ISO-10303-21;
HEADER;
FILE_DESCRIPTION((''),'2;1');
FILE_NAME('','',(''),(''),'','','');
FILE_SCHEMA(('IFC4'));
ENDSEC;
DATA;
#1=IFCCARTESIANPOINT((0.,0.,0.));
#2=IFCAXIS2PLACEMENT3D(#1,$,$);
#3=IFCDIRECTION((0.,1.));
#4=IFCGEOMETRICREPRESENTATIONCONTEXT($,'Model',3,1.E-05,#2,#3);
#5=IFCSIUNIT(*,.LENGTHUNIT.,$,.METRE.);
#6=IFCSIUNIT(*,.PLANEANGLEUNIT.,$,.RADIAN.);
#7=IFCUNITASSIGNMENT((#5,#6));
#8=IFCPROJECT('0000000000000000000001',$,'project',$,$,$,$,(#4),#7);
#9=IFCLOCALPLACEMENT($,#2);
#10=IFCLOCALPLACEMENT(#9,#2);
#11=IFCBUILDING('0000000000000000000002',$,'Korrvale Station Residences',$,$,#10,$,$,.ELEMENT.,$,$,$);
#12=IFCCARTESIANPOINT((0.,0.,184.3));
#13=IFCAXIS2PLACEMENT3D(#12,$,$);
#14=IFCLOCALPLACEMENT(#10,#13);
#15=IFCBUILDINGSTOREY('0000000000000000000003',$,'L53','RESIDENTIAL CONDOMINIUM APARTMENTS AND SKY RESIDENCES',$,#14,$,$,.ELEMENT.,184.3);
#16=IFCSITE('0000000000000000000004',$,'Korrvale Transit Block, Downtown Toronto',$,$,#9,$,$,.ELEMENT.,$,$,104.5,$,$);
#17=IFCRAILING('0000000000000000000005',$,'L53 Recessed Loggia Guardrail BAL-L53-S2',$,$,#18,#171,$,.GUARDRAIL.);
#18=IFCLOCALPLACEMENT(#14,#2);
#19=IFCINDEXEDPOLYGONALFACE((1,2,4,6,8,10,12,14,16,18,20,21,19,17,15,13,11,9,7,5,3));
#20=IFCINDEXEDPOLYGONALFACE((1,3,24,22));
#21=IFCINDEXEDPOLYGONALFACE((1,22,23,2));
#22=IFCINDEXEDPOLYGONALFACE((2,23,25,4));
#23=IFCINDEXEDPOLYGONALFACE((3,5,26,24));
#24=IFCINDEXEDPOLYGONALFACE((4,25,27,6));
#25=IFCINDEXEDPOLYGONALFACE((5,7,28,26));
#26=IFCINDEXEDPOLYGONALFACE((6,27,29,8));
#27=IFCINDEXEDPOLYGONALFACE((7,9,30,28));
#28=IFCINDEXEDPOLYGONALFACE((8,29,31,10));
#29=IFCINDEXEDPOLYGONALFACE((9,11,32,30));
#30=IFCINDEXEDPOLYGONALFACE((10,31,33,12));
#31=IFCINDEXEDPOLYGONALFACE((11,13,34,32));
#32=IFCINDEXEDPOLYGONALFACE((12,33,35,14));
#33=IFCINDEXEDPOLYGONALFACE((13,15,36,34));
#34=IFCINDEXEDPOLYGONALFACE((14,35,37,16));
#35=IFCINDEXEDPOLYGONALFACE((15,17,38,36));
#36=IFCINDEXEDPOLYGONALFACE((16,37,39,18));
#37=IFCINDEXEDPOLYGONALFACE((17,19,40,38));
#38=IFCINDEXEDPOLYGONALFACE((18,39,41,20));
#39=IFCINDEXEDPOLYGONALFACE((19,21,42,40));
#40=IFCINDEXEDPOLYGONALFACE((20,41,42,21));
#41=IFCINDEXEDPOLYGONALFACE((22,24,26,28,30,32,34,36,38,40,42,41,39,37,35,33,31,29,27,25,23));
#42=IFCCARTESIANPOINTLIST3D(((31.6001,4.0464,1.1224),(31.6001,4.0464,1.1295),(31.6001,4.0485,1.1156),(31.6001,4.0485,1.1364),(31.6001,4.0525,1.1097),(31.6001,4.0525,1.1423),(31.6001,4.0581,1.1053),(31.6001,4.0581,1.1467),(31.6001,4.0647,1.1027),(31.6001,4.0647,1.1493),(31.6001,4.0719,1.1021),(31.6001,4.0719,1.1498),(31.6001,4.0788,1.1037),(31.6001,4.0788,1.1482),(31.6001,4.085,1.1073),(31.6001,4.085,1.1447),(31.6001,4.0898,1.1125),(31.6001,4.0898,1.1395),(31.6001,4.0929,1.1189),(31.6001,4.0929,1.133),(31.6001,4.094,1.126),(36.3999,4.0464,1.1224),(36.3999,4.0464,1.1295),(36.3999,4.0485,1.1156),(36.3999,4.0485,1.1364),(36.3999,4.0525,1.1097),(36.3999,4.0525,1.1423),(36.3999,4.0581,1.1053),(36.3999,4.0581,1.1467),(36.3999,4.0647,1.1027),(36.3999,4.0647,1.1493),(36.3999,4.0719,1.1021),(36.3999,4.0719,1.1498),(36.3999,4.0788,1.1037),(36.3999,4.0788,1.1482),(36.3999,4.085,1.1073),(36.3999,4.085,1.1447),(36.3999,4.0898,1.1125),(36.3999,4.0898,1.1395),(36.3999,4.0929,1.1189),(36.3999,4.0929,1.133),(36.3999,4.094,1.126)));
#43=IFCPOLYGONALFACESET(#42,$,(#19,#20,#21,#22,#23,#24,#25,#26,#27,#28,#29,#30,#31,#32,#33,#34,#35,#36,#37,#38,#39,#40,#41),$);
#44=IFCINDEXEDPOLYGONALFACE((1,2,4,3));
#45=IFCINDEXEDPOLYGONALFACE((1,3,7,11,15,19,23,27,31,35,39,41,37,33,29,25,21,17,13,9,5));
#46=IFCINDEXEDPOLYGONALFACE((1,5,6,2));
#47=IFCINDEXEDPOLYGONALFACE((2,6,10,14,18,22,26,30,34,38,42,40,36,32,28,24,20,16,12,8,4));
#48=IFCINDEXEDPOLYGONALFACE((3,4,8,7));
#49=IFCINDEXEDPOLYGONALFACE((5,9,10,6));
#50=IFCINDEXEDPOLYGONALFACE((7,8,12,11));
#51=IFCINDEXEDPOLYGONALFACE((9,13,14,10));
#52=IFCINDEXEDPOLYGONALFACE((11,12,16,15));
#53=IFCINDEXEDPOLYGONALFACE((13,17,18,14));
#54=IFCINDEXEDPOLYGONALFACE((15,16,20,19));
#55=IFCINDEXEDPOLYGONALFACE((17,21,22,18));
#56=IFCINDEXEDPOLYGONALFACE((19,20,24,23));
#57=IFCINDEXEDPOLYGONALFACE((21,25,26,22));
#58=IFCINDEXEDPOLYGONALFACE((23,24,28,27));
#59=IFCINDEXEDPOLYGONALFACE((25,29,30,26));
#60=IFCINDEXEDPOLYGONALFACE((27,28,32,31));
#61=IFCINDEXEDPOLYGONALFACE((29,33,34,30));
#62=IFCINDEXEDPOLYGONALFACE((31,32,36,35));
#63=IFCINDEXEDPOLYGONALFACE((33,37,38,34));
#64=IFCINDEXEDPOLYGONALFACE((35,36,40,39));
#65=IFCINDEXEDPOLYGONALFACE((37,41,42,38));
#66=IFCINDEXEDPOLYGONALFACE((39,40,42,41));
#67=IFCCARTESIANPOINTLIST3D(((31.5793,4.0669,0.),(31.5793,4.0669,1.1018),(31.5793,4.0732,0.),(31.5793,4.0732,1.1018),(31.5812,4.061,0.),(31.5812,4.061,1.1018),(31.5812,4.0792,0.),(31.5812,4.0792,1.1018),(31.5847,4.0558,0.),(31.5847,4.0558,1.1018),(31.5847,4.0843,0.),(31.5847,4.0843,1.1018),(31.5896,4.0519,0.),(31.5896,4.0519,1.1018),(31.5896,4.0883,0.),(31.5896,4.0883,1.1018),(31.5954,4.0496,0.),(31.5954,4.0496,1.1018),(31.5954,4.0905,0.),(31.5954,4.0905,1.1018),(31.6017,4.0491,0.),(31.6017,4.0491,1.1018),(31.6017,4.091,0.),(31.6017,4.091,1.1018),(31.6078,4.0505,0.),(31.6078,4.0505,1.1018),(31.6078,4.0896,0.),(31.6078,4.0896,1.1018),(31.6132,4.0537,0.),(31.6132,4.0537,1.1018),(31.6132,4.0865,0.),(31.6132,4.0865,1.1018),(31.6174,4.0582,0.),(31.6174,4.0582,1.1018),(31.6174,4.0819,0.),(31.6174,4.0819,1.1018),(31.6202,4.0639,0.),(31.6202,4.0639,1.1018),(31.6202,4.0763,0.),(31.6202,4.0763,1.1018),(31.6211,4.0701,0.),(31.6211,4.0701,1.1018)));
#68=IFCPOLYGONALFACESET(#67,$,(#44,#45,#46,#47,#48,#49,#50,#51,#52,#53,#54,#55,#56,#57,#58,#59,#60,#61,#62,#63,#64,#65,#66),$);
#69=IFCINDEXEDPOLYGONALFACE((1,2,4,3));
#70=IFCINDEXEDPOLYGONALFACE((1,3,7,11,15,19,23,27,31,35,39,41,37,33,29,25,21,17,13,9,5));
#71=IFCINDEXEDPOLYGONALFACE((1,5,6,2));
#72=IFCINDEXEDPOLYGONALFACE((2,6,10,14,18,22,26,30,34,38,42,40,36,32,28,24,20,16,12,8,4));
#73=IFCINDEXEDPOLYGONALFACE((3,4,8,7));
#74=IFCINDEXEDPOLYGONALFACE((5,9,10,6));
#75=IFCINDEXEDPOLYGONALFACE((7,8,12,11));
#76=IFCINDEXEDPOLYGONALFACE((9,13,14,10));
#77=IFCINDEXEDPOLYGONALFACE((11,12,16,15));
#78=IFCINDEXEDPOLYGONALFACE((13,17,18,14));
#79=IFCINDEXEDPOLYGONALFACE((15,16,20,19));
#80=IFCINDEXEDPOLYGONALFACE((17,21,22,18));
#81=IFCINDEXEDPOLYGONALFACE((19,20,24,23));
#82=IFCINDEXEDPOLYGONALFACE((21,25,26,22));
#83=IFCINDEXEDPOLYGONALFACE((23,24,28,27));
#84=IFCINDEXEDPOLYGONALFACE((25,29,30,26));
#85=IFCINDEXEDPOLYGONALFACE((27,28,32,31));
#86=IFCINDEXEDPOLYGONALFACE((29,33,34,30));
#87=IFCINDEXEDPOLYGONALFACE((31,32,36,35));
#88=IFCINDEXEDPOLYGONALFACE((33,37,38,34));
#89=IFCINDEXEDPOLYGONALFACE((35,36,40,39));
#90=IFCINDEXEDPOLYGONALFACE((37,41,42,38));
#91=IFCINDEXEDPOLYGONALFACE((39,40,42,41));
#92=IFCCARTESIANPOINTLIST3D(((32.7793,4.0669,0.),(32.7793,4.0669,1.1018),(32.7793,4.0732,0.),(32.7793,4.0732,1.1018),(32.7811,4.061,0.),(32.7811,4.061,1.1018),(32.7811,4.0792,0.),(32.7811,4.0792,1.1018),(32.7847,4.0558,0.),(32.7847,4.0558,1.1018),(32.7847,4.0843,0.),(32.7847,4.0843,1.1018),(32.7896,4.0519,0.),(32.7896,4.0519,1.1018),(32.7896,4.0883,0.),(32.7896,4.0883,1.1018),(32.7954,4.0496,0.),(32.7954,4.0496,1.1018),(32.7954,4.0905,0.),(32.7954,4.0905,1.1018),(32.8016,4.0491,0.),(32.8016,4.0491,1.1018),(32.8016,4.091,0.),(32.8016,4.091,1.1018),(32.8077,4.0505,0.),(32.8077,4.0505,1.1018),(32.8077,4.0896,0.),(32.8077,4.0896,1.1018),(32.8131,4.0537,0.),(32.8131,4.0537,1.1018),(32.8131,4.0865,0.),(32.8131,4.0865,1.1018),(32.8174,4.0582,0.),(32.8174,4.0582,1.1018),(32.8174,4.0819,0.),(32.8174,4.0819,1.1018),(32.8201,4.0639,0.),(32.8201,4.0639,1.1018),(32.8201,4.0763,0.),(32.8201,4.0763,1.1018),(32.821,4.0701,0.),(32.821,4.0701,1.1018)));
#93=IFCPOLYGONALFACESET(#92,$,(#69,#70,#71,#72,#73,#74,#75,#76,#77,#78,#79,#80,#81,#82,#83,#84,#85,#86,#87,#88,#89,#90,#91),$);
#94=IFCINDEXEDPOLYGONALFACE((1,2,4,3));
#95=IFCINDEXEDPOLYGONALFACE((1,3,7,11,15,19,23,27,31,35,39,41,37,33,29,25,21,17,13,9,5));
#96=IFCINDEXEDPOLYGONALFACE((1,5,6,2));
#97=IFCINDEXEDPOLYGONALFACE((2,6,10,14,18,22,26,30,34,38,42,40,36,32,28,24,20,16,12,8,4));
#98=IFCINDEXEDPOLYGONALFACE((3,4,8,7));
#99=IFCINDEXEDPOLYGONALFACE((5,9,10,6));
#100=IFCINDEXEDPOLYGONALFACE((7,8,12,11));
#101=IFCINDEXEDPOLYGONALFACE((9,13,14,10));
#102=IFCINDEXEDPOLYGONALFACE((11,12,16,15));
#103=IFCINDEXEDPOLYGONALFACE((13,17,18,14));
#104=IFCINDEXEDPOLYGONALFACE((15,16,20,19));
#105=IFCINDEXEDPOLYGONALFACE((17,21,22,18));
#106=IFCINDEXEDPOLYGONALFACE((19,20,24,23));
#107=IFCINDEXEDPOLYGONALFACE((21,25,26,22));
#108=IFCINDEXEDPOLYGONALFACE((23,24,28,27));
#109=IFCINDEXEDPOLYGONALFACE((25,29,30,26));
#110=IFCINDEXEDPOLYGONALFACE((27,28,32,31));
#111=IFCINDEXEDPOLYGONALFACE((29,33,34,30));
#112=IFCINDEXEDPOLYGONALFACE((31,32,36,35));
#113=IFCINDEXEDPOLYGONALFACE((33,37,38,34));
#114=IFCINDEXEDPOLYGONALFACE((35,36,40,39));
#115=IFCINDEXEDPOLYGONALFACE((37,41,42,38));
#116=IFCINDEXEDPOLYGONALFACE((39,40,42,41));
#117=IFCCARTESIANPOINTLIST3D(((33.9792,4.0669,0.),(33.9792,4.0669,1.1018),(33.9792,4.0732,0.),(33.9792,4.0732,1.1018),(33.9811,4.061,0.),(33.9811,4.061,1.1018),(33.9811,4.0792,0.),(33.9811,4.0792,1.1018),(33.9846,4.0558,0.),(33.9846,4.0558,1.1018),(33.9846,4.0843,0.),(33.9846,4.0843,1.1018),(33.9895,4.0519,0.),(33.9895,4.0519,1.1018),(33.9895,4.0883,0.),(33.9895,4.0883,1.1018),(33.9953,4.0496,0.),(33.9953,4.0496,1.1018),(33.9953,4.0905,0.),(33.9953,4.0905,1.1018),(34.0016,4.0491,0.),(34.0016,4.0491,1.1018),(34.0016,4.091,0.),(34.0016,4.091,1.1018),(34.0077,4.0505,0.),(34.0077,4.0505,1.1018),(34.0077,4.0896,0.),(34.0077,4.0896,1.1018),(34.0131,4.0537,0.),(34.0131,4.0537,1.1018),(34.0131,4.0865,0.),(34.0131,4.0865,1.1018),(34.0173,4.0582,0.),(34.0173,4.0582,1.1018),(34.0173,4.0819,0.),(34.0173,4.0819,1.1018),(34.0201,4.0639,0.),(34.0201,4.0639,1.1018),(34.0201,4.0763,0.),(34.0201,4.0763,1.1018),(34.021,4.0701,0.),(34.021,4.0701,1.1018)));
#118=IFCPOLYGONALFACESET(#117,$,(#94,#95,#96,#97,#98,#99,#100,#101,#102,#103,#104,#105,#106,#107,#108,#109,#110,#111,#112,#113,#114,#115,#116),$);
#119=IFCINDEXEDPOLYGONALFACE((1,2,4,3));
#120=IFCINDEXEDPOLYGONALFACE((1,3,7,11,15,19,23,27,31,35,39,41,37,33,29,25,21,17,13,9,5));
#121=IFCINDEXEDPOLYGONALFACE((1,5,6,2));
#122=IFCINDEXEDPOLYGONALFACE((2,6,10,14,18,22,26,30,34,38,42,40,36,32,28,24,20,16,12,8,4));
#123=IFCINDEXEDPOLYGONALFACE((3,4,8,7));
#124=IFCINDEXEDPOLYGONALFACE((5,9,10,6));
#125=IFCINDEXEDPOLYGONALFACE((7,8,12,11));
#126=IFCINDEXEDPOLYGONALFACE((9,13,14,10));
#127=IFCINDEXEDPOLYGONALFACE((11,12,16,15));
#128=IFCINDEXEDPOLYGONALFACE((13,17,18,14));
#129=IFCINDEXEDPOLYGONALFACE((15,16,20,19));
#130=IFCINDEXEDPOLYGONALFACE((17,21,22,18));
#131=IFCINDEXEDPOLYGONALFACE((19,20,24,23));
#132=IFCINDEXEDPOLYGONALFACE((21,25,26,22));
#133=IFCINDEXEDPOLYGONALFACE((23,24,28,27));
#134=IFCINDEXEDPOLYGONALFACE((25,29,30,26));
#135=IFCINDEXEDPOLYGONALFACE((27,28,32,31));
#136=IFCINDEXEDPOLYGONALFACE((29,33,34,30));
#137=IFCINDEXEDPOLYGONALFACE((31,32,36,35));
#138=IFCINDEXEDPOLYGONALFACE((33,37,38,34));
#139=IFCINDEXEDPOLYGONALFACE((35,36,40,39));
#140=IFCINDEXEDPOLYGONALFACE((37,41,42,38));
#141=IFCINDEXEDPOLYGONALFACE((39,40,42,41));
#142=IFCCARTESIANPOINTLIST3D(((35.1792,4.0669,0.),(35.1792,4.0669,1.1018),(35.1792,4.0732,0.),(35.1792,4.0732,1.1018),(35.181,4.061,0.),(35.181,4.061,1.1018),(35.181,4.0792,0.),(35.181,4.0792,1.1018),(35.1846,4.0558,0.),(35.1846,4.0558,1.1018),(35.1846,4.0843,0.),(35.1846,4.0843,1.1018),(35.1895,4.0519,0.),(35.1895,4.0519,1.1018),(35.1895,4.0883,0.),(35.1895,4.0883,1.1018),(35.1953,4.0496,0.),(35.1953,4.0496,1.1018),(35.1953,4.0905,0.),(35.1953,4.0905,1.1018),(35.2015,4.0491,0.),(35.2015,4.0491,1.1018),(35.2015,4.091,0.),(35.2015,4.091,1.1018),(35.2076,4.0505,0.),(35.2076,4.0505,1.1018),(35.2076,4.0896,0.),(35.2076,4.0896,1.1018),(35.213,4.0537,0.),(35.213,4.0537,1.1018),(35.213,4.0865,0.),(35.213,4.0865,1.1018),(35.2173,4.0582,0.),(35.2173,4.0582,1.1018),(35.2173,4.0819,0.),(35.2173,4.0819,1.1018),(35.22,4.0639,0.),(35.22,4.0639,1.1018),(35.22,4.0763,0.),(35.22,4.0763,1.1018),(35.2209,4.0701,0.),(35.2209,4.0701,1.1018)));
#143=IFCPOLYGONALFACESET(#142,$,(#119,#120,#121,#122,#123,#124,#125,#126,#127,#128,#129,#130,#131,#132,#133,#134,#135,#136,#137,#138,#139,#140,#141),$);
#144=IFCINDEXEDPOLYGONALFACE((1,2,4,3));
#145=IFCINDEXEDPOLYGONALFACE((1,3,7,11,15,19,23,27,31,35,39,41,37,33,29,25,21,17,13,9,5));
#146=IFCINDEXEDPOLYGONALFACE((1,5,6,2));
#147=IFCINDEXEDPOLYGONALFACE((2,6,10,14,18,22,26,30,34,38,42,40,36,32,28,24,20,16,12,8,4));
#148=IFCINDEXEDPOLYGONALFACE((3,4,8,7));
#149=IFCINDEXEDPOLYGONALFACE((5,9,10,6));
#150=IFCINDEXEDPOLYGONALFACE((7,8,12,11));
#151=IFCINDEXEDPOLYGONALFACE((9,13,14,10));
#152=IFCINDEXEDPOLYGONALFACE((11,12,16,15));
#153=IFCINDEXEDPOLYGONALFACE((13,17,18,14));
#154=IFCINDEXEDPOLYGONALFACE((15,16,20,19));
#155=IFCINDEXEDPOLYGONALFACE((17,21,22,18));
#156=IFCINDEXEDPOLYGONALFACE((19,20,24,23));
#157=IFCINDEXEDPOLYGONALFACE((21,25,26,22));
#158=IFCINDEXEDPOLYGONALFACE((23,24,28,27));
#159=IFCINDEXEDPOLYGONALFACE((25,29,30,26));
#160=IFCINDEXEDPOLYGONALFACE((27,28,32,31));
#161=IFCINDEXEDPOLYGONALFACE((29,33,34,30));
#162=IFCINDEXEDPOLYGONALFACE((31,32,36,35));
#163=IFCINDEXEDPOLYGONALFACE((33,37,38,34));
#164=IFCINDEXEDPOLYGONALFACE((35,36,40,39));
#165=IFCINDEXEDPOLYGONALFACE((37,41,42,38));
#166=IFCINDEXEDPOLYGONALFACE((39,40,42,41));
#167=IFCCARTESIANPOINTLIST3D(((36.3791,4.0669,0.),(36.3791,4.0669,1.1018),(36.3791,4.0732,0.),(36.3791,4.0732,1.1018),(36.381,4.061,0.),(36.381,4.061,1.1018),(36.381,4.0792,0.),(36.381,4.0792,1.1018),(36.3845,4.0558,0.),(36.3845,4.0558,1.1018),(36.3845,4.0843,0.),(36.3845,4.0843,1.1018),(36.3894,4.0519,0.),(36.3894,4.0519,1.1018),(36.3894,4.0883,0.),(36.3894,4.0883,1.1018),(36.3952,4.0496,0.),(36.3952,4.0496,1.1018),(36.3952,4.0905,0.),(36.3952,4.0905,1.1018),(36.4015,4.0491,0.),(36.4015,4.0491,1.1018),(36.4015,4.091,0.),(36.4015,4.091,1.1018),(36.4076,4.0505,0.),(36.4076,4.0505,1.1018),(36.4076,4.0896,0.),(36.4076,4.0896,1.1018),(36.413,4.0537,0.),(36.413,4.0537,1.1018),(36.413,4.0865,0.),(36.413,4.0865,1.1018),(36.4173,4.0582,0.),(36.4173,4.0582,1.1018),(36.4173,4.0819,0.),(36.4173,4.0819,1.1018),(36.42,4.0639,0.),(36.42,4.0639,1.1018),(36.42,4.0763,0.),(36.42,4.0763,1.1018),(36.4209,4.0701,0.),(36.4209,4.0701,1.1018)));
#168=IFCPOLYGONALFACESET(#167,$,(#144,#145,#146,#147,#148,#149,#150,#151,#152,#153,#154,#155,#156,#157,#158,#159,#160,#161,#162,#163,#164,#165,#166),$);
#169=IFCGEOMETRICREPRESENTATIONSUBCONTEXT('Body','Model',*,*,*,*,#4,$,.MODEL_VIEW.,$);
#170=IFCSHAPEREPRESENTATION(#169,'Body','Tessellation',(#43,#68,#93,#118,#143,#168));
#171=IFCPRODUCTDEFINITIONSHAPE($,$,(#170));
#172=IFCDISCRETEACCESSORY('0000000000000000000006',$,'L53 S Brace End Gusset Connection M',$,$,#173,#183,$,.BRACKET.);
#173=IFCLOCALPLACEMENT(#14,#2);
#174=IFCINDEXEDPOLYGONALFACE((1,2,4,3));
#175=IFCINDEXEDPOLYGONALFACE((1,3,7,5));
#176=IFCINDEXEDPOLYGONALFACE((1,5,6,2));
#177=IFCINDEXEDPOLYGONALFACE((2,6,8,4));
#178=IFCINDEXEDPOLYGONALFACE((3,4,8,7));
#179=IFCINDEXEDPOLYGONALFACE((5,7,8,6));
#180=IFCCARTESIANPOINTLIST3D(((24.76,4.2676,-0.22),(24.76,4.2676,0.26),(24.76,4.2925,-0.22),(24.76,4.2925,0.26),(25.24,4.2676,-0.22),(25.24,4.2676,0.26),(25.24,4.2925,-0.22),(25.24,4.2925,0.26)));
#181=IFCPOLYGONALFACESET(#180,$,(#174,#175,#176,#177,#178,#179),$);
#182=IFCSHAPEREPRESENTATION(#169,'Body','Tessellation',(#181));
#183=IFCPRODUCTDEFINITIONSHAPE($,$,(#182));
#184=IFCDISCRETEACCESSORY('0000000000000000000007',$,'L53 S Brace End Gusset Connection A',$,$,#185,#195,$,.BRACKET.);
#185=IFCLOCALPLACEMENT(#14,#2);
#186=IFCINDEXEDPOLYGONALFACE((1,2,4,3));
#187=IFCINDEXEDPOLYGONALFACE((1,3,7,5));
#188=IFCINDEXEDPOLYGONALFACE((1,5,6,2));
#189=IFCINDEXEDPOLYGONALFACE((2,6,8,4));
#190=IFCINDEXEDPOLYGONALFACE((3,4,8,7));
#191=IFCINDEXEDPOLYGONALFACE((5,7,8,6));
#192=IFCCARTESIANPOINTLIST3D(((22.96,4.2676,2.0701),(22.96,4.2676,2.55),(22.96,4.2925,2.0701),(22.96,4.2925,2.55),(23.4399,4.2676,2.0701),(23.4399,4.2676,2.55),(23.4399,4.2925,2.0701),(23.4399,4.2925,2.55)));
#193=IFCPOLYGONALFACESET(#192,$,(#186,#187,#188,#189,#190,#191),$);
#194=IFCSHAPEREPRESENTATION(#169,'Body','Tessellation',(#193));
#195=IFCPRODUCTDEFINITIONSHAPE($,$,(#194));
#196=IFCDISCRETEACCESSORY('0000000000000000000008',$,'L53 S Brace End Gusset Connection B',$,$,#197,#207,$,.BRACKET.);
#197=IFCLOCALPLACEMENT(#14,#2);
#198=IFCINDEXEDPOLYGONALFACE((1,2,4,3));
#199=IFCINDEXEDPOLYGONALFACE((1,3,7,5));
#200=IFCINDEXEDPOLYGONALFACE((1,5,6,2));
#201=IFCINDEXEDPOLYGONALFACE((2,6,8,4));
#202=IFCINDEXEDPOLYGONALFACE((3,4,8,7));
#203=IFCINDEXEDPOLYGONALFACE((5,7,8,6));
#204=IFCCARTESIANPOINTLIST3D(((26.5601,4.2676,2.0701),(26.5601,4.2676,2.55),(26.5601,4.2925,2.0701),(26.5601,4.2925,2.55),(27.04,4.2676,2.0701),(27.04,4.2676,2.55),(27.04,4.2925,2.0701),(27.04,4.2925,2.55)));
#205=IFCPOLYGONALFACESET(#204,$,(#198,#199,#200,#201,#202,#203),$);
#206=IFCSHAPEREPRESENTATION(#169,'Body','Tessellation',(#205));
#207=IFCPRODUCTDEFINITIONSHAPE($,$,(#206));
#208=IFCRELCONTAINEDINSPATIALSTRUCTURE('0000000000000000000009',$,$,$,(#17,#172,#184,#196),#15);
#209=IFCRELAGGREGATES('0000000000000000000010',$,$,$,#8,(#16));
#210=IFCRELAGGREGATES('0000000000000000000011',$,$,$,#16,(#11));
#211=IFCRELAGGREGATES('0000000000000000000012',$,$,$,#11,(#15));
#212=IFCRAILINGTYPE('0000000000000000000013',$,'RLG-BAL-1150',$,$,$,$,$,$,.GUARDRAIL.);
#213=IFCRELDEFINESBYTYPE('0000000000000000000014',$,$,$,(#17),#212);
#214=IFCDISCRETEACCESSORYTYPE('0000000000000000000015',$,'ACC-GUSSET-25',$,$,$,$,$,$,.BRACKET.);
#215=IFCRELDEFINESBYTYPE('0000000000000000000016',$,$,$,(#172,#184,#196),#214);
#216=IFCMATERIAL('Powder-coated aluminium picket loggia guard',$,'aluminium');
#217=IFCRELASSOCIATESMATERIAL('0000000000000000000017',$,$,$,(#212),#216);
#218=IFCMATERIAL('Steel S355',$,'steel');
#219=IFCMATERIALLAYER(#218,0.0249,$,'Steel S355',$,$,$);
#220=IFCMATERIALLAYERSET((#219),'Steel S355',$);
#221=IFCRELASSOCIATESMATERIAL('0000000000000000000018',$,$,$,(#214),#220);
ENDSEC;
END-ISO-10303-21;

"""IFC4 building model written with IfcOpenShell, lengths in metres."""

from ifc_helpers import new_model, si_unit, direction, frame, origin, origin_2d, place, context, subcontext, project, spatial, rectangle, circle, extrude, material, layer, layer_set, type_object, element, save


model = new_model("IFC4")

# Units and contexts
model_context = context("Model", 3, precision=1e-05, world=origin(), true_north=direction((0.0, 1.0)))
body_context = subcontext(model_context, "Body", "Model", "MODEL_VIEW")
ifc_project = project(units=[si_unit("LENGTHUNIT", "METRE"), si_unit("PLANEANGLEUNIT", "RADIAN")], contexts=[model_context])

# Site, building, storey
site_placement = place(None, origin())
site = spatial("IfcSite", under=ifc_project, at=site_placement, Name="Korrvale Transit Block, Downtown Toronto", CompositionType="ELEMENT", RefElevation=104.5)
building_placement = place(site_placement, origin())
building = spatial("IfcBuilding", under=site, at=building_placement, Name="Korrvale Station Residences", CompositionType="ELEMENT")
storey_placement = place(building_placement, frame((0.0, 0.0, 184.3)))
storey = spatial("IfcBuildingStorey", under=building, at=storey_placement, Name="L53", Description="RESIDENTIAL CONDOMINIUM APARTMENTS AND SKY RESIDENCES", CompositionType="ELEMENT", Elevation=184.3)

# Shared definitions
ifc_material_1 = material(Name="Steel S355", Category="steel")

# Railing
ifc_material_2 = material(Name="Powder-coated aluminium picket loggia guard", Category="aluminium")
railing_type = type_object("IfcRailingType", Name="RLG-BAL-1150", PredefinedType="GUARDRAIL", material=ifc_material_2)
railing_placement = place(storey_placement, frame((31.6001, 4.0701, 0.0)))
element("IfcRailing", 1, at=railing_placement, inside=storey, type_object=railing_type, Name="L53 Recessed Loggia Guardrail BAL-L53-S2", PredefinedType="GUARDRAIL", context=body_context, shape_type="SweptSolid", body=[
    extrude(circle(Radius=0.0239, at=origin_2d()), frame((0.0, 0.0, 1.126), z_axis=(1.0, 0.0, 0.0), x_axis=(0.0, 1.0, 0.0)), (0.0, 0.0, 1.0), 4.7998),
    extrude(circle(Radius=0.021, at=origin_2d()), origin(), (0.0, 0.0, 1.0), 1.1018),
    extrude(circle(Radius=0.021, at=origin_2d()), frame((1.2, 0.0, 0.0)), (0.0, 0.0, 1.0), 1.1018),
    extrude(circle(Radius=0.021, at=origin_2d()), frame((2.3999, 0.0, 0.0)), (0.0, 0.0, 1.0), 1.1018),
    extrude(circle(Radius=0.021, at=origin_2d()), frame((3.5999, 0.0, 0.0)), (0.0, 0.0, 1.0), 1.1018),
    extrude(circle(Radius=0.021, at=origin_2d()), frame((4.7998, 0.0, 0.0)), (0.0, 0.0, 1.0), 1.1018),
])

# Discrete accessories
ifc_layer_1 = layer(ifc_material_1, 0.0249, Name="Steel S355")
ifc_layer_set_1 = layer_set([ifc_layer_1], Name="Steel S355")
discrete_accessory_type = type_object("IfcDiscreteAccessoryType", Name="ACC-GUSSET-25", PredefinedType="BRACKET", material=ifc_layer_set_1)
for number, where, z_axis, x_axis, name in (
    (2, (25.0, 4.28, -0.22), (0.0, 0.0, 1.0), (1.0, 0.0, 0.0), "L53 S Brace End Gusset Connection M"),
    (3, (23.2, 4.28, 2.0701), (0.0, 0.0, 1.0), (1.0, 0.0, 0.0), "L53 S Brace End Gusset Connection A"),
    (4, (26.8, 4.28, 2.0701), (0.0, 0.0, 1.0), (1.0, 0.0, 0.0), "L53 S Brace End Gusset Connection B"),
):
    element("IfcDiscreteAccessory", number, at=place(storey_placement, frame(where, z_axis=z_axis, x_axis=x_axis)), inside=storey, type_object=discrete_accessory_type, Name=name, PredefinedType="BRACKET", context=body_context, shape_type="SweptSolid", body=[
        extrude(rectangle(XDim=0.48, YDim=0.0249, at=origin_2d()), origin(), (0.0, 0.0, 1.0), 0.48),
    ])

save(model, "model.ifc")
